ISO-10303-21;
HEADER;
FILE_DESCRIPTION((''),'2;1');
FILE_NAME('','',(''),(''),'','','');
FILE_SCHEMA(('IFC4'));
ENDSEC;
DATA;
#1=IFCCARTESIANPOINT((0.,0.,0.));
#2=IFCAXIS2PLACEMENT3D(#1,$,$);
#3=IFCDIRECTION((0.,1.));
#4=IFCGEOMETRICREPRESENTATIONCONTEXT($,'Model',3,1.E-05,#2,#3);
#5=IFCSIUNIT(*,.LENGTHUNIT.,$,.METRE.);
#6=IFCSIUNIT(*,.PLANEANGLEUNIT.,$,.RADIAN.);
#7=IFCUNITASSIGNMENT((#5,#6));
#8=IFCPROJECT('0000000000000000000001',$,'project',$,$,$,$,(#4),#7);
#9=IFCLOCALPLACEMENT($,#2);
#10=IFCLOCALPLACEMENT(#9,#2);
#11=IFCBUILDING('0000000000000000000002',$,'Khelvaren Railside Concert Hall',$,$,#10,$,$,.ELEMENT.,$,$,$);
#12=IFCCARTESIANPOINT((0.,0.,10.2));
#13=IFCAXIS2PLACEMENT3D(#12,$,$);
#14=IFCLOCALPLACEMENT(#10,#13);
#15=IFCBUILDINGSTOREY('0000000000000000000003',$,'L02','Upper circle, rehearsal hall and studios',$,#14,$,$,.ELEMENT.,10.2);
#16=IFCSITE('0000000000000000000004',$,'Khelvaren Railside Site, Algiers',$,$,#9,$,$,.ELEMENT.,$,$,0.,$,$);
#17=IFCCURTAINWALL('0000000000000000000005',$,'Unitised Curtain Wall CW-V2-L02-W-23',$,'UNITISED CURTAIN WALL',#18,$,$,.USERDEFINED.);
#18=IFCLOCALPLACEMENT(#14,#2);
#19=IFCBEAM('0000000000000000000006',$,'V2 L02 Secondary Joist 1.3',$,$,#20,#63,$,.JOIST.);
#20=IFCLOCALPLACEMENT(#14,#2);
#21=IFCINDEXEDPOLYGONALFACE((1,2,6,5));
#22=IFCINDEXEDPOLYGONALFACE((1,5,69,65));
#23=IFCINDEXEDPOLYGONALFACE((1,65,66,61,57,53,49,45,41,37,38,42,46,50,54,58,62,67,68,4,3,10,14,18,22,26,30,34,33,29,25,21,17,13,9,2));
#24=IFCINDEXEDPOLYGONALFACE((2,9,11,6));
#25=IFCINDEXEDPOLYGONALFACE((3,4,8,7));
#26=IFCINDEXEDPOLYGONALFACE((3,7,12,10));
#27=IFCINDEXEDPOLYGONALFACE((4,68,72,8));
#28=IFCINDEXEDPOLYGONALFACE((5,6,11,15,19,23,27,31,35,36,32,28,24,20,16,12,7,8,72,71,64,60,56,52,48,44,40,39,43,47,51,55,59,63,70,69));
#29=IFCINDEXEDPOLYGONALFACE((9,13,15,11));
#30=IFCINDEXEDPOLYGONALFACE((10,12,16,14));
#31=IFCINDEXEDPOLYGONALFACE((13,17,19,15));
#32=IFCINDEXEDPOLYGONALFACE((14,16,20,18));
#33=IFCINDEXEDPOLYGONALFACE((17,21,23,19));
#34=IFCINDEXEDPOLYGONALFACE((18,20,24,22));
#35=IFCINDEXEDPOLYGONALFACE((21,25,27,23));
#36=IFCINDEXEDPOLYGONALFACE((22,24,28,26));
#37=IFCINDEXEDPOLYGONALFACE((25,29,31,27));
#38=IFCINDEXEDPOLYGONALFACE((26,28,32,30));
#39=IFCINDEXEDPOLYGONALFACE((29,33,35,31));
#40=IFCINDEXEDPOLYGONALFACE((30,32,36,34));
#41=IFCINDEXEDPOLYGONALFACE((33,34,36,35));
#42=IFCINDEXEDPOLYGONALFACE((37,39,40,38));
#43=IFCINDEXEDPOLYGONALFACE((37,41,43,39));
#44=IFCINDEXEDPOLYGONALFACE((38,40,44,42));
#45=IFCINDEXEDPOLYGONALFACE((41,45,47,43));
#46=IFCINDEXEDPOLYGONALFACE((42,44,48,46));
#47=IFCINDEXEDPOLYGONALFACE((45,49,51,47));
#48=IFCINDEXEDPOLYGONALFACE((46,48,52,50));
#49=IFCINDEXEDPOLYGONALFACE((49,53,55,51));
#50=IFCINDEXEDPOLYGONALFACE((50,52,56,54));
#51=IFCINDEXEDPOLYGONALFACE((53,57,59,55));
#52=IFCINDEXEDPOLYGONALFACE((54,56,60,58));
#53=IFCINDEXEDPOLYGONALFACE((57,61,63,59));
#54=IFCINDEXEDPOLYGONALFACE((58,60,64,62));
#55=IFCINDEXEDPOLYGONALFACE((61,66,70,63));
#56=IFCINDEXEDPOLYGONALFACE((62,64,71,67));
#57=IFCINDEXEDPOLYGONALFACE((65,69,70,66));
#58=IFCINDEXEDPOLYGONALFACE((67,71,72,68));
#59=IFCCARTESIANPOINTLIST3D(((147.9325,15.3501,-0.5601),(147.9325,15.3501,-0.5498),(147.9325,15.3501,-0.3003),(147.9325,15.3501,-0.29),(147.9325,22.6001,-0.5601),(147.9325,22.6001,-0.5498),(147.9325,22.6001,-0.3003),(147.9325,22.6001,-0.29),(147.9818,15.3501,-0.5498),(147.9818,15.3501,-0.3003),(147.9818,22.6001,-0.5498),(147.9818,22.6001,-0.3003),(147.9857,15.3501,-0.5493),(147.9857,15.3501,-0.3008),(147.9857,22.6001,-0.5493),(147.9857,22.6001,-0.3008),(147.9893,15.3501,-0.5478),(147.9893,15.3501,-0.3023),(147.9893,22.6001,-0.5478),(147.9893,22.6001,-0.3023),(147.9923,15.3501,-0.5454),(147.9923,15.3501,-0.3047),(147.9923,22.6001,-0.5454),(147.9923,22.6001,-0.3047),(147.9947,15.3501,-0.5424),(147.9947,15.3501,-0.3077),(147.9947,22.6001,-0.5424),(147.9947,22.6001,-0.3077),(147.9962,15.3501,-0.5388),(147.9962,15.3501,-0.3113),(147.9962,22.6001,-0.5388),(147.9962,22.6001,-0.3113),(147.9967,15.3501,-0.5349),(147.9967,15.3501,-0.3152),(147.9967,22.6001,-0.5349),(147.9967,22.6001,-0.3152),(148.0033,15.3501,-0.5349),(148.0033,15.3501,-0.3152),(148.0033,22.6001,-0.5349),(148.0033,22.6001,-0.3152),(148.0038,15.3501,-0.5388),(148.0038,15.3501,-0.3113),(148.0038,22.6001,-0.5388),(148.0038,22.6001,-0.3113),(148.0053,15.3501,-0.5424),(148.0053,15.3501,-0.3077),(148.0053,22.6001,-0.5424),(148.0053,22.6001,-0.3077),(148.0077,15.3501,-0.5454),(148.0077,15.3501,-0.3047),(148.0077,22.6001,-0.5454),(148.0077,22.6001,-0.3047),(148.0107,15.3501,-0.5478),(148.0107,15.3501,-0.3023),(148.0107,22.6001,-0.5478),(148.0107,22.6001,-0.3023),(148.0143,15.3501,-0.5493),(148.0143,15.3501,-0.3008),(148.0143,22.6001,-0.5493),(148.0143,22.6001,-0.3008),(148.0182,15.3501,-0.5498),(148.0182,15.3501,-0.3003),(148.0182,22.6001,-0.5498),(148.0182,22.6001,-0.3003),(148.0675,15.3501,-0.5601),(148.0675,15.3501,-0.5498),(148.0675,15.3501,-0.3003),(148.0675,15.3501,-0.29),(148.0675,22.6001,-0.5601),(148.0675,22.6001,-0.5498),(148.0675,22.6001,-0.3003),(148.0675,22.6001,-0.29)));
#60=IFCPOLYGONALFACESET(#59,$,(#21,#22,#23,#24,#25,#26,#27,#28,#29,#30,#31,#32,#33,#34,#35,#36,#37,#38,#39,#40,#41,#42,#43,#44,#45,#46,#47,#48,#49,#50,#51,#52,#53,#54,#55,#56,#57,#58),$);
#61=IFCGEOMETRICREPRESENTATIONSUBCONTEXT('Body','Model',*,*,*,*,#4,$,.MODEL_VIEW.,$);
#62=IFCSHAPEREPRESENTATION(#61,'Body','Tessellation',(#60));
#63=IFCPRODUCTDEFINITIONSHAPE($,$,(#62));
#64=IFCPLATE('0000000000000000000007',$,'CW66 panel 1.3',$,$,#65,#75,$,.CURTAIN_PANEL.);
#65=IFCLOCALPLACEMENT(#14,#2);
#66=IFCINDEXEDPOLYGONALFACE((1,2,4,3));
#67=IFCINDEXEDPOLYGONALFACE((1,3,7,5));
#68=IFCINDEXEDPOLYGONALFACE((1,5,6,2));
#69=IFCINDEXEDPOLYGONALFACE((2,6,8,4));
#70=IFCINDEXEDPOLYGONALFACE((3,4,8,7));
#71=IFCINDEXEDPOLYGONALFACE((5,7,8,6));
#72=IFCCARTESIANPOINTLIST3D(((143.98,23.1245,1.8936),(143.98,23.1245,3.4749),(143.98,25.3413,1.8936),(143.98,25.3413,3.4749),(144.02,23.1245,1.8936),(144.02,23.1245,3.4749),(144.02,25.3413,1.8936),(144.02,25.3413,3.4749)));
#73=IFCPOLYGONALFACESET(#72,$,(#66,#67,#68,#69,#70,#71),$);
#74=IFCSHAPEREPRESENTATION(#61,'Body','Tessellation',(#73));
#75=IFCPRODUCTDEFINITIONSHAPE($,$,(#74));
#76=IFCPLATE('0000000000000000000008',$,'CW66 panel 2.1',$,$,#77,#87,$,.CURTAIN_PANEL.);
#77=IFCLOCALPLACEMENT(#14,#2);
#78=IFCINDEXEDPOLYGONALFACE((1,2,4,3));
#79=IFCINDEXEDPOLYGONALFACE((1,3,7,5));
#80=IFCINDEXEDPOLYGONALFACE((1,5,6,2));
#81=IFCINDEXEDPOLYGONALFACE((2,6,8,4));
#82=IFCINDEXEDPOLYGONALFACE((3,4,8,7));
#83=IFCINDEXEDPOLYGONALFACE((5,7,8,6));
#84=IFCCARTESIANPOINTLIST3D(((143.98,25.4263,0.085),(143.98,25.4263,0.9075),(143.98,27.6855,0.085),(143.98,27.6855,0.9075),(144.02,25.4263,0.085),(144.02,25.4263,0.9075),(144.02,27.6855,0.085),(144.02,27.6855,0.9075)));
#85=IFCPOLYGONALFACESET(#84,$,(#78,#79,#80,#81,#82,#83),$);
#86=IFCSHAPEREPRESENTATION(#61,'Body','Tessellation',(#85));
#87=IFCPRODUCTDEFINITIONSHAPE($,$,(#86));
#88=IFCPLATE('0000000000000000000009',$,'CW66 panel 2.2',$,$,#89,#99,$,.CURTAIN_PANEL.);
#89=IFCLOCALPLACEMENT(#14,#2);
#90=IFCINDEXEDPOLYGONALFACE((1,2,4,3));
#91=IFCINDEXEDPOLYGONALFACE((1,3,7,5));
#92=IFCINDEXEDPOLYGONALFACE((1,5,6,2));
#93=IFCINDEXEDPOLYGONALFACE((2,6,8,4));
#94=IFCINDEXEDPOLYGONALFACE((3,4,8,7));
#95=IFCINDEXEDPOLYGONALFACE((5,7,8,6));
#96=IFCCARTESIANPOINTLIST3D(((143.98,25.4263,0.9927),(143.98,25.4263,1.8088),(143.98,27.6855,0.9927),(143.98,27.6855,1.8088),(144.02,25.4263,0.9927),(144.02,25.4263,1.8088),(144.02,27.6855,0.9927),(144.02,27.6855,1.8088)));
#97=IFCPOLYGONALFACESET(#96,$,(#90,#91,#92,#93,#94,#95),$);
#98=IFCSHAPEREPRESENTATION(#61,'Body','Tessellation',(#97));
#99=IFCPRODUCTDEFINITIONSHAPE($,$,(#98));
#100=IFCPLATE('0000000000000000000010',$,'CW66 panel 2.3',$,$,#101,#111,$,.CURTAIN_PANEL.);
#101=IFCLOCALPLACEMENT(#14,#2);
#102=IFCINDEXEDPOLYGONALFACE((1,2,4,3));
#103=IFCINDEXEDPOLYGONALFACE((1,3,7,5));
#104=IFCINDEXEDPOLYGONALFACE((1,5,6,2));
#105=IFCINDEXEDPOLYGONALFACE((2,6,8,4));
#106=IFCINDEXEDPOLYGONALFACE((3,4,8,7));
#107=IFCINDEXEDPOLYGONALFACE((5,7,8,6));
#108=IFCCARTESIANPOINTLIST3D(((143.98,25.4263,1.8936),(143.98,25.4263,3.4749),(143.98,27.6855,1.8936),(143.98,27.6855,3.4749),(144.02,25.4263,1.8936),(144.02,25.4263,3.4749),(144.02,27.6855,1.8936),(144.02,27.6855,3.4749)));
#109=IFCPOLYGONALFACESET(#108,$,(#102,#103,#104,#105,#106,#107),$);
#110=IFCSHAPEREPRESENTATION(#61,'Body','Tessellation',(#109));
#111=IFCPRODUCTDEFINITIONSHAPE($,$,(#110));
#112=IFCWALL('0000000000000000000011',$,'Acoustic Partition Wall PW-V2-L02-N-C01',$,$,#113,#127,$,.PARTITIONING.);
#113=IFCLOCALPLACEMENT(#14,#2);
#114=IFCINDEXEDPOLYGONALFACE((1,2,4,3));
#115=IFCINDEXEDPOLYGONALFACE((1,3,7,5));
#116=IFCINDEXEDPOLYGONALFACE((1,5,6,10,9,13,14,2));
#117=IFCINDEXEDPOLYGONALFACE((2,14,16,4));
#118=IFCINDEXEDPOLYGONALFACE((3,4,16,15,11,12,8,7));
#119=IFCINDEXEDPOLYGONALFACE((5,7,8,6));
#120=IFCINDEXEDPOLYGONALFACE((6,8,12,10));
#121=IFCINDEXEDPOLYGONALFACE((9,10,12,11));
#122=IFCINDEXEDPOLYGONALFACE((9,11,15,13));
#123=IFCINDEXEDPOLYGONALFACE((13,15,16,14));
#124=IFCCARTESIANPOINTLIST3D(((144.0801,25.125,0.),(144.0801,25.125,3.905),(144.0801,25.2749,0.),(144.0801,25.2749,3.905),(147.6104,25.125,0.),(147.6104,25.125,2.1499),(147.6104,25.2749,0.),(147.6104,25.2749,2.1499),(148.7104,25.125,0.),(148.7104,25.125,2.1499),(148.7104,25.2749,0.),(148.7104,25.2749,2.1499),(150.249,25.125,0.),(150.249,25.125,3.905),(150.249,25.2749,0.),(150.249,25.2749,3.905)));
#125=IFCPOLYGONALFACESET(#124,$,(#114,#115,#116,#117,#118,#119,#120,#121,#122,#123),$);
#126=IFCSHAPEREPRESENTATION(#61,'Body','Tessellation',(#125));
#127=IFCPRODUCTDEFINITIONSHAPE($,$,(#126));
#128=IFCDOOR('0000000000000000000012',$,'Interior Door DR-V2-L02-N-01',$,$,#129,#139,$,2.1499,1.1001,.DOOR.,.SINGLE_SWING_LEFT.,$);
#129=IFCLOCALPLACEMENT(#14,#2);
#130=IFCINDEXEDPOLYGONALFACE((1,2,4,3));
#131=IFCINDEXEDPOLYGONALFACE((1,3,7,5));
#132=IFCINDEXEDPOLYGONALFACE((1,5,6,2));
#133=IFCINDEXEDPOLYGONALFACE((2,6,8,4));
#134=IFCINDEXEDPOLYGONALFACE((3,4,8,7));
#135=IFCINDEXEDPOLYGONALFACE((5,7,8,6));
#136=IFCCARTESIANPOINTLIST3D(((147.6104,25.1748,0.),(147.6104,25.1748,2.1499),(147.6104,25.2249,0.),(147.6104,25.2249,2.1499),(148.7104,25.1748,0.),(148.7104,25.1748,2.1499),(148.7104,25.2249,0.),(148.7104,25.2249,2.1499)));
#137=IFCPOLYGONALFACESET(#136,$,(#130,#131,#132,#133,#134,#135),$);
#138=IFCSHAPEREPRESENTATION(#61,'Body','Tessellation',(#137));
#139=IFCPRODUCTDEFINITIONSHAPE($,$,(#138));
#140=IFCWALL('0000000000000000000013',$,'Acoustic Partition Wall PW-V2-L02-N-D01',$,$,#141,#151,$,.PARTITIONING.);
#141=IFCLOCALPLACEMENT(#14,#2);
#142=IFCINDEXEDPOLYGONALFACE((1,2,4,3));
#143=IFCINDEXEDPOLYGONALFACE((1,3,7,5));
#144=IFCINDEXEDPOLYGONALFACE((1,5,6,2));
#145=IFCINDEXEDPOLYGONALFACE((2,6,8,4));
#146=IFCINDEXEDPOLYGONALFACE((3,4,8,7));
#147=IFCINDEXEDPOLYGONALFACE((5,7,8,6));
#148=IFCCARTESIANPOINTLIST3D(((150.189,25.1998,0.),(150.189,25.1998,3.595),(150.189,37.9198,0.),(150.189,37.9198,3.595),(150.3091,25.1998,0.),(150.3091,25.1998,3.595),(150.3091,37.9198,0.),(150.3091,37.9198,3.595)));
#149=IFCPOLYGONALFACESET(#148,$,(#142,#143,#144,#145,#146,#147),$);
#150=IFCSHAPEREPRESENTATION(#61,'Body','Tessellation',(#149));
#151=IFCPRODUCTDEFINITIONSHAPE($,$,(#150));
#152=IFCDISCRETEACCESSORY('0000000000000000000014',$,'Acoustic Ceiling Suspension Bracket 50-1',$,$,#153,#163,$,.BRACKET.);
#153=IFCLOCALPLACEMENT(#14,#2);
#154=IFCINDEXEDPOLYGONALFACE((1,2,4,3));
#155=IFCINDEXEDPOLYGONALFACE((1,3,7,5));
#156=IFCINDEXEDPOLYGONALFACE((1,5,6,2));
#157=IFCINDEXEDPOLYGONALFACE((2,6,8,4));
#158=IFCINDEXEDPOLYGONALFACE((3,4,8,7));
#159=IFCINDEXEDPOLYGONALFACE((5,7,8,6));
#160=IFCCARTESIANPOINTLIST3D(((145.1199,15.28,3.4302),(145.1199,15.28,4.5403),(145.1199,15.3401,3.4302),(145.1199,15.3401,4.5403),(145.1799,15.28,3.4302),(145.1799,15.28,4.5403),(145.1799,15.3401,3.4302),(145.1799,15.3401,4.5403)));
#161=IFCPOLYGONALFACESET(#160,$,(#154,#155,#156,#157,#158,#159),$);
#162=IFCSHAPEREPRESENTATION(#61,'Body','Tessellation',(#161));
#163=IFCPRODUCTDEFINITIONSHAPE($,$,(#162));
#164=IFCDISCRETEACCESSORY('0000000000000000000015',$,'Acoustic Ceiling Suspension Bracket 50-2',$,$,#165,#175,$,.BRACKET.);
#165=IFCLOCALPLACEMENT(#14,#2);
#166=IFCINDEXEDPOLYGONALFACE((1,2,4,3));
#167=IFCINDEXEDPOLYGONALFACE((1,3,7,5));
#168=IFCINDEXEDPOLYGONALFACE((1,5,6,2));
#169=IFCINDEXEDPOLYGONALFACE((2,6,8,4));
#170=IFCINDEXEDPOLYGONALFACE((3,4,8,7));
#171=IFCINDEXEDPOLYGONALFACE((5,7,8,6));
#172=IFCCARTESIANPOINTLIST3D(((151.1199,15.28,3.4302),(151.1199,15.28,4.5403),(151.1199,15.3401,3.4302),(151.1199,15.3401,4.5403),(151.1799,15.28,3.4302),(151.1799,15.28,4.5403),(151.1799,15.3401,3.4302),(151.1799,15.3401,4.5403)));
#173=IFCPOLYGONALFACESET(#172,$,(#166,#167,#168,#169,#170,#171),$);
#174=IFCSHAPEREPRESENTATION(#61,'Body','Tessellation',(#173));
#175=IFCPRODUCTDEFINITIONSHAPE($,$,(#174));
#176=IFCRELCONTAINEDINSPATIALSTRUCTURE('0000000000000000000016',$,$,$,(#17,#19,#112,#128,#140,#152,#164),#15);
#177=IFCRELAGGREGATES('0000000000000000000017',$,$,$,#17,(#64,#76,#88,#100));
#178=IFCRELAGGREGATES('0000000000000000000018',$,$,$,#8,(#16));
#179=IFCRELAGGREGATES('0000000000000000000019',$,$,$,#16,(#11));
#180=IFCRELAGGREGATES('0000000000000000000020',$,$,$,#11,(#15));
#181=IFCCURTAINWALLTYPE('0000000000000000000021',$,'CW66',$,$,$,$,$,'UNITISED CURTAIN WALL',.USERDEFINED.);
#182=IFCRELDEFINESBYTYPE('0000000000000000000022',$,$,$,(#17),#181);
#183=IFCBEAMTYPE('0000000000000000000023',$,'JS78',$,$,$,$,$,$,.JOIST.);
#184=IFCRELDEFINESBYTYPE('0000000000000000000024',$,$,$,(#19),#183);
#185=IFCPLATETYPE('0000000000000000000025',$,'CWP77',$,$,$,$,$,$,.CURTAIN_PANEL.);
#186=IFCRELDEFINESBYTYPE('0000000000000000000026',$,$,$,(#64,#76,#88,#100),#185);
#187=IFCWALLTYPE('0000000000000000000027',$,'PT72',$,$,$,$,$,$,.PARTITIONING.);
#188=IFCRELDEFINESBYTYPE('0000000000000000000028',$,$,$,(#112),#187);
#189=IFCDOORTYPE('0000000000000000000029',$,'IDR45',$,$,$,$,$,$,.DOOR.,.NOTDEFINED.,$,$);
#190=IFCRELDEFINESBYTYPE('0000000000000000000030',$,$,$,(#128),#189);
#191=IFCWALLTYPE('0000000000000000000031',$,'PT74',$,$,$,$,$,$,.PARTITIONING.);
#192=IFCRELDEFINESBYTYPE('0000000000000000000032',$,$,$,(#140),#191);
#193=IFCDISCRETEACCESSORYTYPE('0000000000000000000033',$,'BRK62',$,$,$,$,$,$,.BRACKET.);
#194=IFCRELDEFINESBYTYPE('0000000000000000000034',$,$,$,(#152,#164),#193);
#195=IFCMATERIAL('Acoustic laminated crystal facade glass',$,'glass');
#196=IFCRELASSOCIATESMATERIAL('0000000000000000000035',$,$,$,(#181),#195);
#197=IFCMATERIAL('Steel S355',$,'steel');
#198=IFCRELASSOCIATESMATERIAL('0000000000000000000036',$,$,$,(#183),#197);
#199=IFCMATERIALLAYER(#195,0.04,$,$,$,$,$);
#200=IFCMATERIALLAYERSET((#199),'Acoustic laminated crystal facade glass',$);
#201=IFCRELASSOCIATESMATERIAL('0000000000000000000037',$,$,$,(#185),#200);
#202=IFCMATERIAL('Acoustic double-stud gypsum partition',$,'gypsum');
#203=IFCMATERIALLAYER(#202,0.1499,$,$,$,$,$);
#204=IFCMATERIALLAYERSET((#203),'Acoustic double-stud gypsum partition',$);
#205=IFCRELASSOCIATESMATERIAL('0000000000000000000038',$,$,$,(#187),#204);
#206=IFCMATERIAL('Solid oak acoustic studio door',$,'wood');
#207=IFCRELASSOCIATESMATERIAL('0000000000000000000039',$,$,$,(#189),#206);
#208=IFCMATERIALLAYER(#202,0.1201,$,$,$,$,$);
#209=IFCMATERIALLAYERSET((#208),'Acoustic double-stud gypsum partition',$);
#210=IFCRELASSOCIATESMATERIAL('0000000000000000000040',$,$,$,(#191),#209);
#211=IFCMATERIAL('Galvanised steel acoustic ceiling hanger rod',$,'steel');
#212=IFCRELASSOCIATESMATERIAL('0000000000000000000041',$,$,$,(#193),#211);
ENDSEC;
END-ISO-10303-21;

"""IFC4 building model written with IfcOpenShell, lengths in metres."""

from ifc_helpers import new_model, si_unit, direction, frame, frame_2d, origin, origin_2d, place, context, subcontext, project, spatial, rectangle, i_section, extrude, material, layer, layer_set, material_profile, profile_set, type_object, element, fill, aggregate, save


model = new_model("IFC4")

# Units and contexts
model_context = context("Model", 3, precision=1e-05, world=origin(), true_north=direction((0.0, 1.0)))
body_context = subcontext(model_context, "Body", "Model", "MODEL_VIEW")
ifc_project = project(units=[si_unit("LENGTHUNIT", "METRE"), si_unit("PLANEANGLEUNIT", "RADIAN")], contexts=[model_context])

# Site, building, storey
site_placement = place(None, origin())
site = spatial("IfcSite", under=ifc_project, at=site_placement, Name="Khelvaren Railside Site, Algiers", CompositionType="ELEMENT", RefElevation=0.0)
building_placement = place(site_placement, origin())
building = spatial("IfcBuilding", under=site, at=building_placement, Name="Khelvaren Railside Concert Hall", CompositionType="ELEMENT")
storey_placement = place(building_placement, frame((0.0, 0.0, 10.2)))
storey = spatial("IfcBuildingStorey", under=building, at=storey_placement, Name="L02", Description="Upper circle, rehearsal hall and studios", CompositionType="ELEMENT", Elevation=10.2)

# Shared definitions
ifc_material_1 = material(Name="Steel S355", Category="steel")

# Curtain wall
ifc_material_2 = material(Name="Acoustic laminated crystal facade glass", Category="glass")
curtain_wall_type = type_object("IfcCurtainWallType", Name="CW66", ElementType="UNITISED CURTAIN WALL", PredefinedType="USERDEFINED", material=ifc_material_2)
curtain_wall_placement = place(storey_placement, origin())
curtain_wall = element("IfcCurtainWall", 1, at=curtain_wall_placement, inside=storey, type_object=curtain_wall_type, Name="Unitised Curtain Wall CW-V2-L02-W-23", ObjectType="UNITISED CURTAIN WALL", PredefinedType="USERDEFINED")

# Beam
ifc_material_profile_1 = material_profile(ifc_material_1, i_section(OverallWidth=0.135, OverallDepth=0.27, WebThickness=0.0066, FlangeThickness=0.0103, FilletRadius=0.0149, at=origin_2d()), Name="IPE 270")
ifc_profile_set_1 = profile_set([ifc_material_profile_1], Name="Steel S355")
beam_type_1 = type_object("IfcBeamType", Name="JS78", PredefinedType="JOIST", material=ifc_profile_set_1)
beam_1_placement = place(storey_placement, frame((148.0, 15.3501, -0.425), z_axis=(0.0, 1.0, 0.0), x_axis=(-1.0, 0.0, 0.0)))
element("IfcBeam", 2, at=beam_1_placement, inside=storey, type_object=beam_type_1, Name="V2 L02 Secondary Joist 1.3", PredefinedType="JOIST", context=body_context, shape_type="SweptSolid", body=[
    extrude(i_section(OverallWidth=0.135, OverallDepth=0.27, WebThickness=0.0066, FlangeThickness=0.0103, FilletRadius=0.0149, at=origin_2d()), origin(), (0.0, 0.0, 1.0), 7.25),
])

# Plates
ifc_layer_1 = layer(ifc_material_2, 0.04)
ifc_layer_set_1 = layer_set([ifc_layer_1], Name="Acoustic laminated crystal facade glass")
plate_type = type_object("IfcPlateType", Name="CWP77", PredefinedType="CURTAIN_PANEL", material=ifc_layer_set_1)
plate_1_placement = place(storey_placement, frame((144.0, 24.2329, 1.8936), z_axis=(0.0, 0.0, 1.0), x_axis=(0.0, 1.0, 0.0)))
plate_1 = element("IfcPlate", 3, at=plate_1_placement, type_object=plate_type, Name="CW66 panel 1.3", PredefinedType="CURTAIN_PANEL", context=body_context, shape_type="SweptSolid", body=[
    extrude(rectangle(XDim=2.2168, YDim=0.04, at=origin_2d()), origin(), (0.0, 0.0, 1.0), 1.5813),
])
plate_2_placement = place(storey_placement, frame((144.0, 26.5559, 0.085), z_axis=(0.0, 0.0, 1.0), x_axis=(0.0, 1.0, 0.0)))
plate_2 = element("IfcPlate", 4, at=plate_2_placement, type_object=plate_type, Name="CW66 panel 2.1", PredefinedType="CURTAIN_PANEL", context=body_context, shape_type="SweptSolid", body=[
    extrude(rectangle(XDim=2.2593, YDim=0.04, at=origin_2d()), origin(), (0.0, 0.0, 1.0), 0.8225),
])
plate_3_placement = place(storey_placement, frame((144.0, 26.5559, 0.9927), z_axis=(0.0, 0.0, 1.0), x_axis=(0.0, 1.0, 0.0)))
plate_3 = element("IfcPlate", 5, at=plate_3_placement, type_object=plate_type, Name="CW66 panel 2.2", PredefinedType="CURTAIN_PANEL", context=body_context, shape_type="SweptSolid", body=[
    extrude(rectangle(XDim=2.2593, YDim=0.04, at=origin_2d()), origin(), (0.0, 0.0, 1.0), 0.8162),
])
plate_4_placement = place(storey_placement, frame((144.0, 26.5559, 1.8936), z_axis=(0.0, 0.0, 1.0), x_axis=(0.0, 1.0, 0.0)))
plate_4 = element("IfcPlate", 6, at=plate_4_placement, type_object=plate_type, Name="CW66 panel 2.3", PredefinedType="CURTAIN_PANEL", context=body_context, shape_type="SweptSolid", body=[
    extrude(rectangle(XDim=2.2593, YDim=0.04, at=origin_2d()), origin(), (0.0, 0.0, 1.0), 1.5813),
])
aggregate(curtain_wall, [plate_1, plate_2, plate_3, plate_4])

# Wall, opening, door
ifc_material_3 = material(Name="Acoustic double-stud gypsum partition", Category="gypsum")
ifc_layer_2 = layer(ifc_material_3, 0.1499)
ifc_layer_set_2 = layer_set([ifc_layer_2], Name="Acoustic double-stud gypsum partition")
wall_type_1 = type_object("IfcWallType", Name="PT72", PredefinedType="PARTITIONING", material=ifc_layer_set_2)
wall_1_placement = place(storey_placement, frame((144.0801, 25.2, 0.0), z_axis=(0.0, 0.0, 1.0), x_axis=(1.0, 0.0, 0.0)))
wall_1 = element("IfcWall", 7, at=wall_1_placement, inside=storey, type_object=wall_type_1, Name="Acoustic Partition Wall PW-V2-L02-N-C01", PredefinedType="PARTITIONING", context=body_context, shape_type="SweptSolid", body=[
    extrude(rectangle(XDim=6.1689, YDim=0.1499, at=frame_2d((3.0845, 0.0))), origin(), (0.0, 0.0, 1.0), 3.905),
])
opening_1_placement = place(wall_1_placement, frame((3.5303, 0.0, 0.0)))
opening_1 = element("IfcOpeningElement", 8, at=opening_1_placement, cuts=wall_1, PredefinedType="OPENING", context=body_context, shape_type="SweptSolid", body=[
    extrude(rectangle(XDim=1.1001, YDim=2.1499, at=frame_2d((0.55, 1.075))), frame((0.0, 0.085, 0.0), z_axis=(0.0, -1.0, 0.0), x_axis=(1.0, 0.0, 0.0)), (0.0, 0.0, 1.0), 0.1699),
])
ifc_material_4 = material(Name="Solid oak acoustic studio door", Category="wood")
door_type_1 = type_object("IfcDoorType", Name="IDR45", OperationType="NOTDEFINED", PredefinedType="DOOR", material=ifc_material_4)
door_1_placement = place(opening_1_placement, origin())
door_1 = element("IfcDoor", 9, at=door_1_placement, inside=storey, type_object=door_type_1, Name="Interior Door DR-V2-L02-N-01", OperationType="SINGLE_SWING_LEFT", OverallHeight=2.1499, OverallWidth=1.1001, PredefinedType="DOOR", context=body_context, shape_type="SweptSolid", body=[
    extrude(rectangle(XDim=1.1001, YDim=2.1499, at=frame_2d((0.55, 1.075))), frame((0.0, 0.0249, 0.0), z_axis=(0.0, -1.0, 0.0), x_axis=(1.0, 0.0, 0.0)), (0.0, 0.0, 1.0), 0.05),
])
fill(opening_1, door_1)

# Wall
ifc_layer_3 = layer(ifc_material_3, 0.1201)
ifc_layer_set_3 = layer_set([ifc_layer_3], Name="Acoustic double-stud gypsum partition")
wall_type_2 = type_object("IfcWallType", Name="PT74", PredefinedType="PARTITIONING", material=ifc_layer_set_3)
wall_2_placement = place(storey_placement, frame((150.249, 25.2, 0.0), z_axis=(0.0, 0.0, 1.0), x_axis=(0.0, 1.0, 0.0)))
element("IfcWall", 10, at=wall_2_placement, inside=storey, type_object=wall_type_2, Name="Acoustic Partition Wall PW-V2-L02-N-D01", PredefinedType="PARTITIONING", context=body_context, shape_type="SweptSolid", body=[
    extrude(rectangle(XDim=12.72, YDim=0.1201, at=frame_2d((6.3599, 0.0))), origin(), (0.0, 0.0, 1.0), 3.595),
])

# Discrete accessories
ifc_material_5 = material(Name="Galvanised steel acoustic ceiling hanger rod", Category="steel")
discrete_accessory_type = type_object("IfcDiscreteAccessoryType", Name="BRK62", PredefinedType="BRACKET", material=ifc_material_5)
for number, where, z_axis, x_axis, name in (
    (11, (145.1499, 15.3101, 3.4302), (0.0, 0.0, 1.0), (1.0, 0.0, 0.0), "Acoustic Ceiling Suspension Bracket 50-1"),
    (12, (151.1499, 15.3101, 3.4302), (0.0, 0.0, 1.0), (1.0, 0.0, 0.0), "Acoustic Ceiling Suspension Bracket 50-2"),
):
    element("IfcDiscreteAccessory", number, at=place(storey_placement, frame(where, z_axis=z_axis, x_axis=x_axis)), inside=storey, type_object=discrete_accessory_type, Name=name, PredefinedType="BRACKET", context=body_context, shape_type="SweptSolid", body=[
        extrude(rectangle(XDim=0.0601, YDim=0.0601, at=origin_2d()), origin(), (0.0, 0.0, 1.0), 1.1101),
    ])

save(model, "model.ifc")
